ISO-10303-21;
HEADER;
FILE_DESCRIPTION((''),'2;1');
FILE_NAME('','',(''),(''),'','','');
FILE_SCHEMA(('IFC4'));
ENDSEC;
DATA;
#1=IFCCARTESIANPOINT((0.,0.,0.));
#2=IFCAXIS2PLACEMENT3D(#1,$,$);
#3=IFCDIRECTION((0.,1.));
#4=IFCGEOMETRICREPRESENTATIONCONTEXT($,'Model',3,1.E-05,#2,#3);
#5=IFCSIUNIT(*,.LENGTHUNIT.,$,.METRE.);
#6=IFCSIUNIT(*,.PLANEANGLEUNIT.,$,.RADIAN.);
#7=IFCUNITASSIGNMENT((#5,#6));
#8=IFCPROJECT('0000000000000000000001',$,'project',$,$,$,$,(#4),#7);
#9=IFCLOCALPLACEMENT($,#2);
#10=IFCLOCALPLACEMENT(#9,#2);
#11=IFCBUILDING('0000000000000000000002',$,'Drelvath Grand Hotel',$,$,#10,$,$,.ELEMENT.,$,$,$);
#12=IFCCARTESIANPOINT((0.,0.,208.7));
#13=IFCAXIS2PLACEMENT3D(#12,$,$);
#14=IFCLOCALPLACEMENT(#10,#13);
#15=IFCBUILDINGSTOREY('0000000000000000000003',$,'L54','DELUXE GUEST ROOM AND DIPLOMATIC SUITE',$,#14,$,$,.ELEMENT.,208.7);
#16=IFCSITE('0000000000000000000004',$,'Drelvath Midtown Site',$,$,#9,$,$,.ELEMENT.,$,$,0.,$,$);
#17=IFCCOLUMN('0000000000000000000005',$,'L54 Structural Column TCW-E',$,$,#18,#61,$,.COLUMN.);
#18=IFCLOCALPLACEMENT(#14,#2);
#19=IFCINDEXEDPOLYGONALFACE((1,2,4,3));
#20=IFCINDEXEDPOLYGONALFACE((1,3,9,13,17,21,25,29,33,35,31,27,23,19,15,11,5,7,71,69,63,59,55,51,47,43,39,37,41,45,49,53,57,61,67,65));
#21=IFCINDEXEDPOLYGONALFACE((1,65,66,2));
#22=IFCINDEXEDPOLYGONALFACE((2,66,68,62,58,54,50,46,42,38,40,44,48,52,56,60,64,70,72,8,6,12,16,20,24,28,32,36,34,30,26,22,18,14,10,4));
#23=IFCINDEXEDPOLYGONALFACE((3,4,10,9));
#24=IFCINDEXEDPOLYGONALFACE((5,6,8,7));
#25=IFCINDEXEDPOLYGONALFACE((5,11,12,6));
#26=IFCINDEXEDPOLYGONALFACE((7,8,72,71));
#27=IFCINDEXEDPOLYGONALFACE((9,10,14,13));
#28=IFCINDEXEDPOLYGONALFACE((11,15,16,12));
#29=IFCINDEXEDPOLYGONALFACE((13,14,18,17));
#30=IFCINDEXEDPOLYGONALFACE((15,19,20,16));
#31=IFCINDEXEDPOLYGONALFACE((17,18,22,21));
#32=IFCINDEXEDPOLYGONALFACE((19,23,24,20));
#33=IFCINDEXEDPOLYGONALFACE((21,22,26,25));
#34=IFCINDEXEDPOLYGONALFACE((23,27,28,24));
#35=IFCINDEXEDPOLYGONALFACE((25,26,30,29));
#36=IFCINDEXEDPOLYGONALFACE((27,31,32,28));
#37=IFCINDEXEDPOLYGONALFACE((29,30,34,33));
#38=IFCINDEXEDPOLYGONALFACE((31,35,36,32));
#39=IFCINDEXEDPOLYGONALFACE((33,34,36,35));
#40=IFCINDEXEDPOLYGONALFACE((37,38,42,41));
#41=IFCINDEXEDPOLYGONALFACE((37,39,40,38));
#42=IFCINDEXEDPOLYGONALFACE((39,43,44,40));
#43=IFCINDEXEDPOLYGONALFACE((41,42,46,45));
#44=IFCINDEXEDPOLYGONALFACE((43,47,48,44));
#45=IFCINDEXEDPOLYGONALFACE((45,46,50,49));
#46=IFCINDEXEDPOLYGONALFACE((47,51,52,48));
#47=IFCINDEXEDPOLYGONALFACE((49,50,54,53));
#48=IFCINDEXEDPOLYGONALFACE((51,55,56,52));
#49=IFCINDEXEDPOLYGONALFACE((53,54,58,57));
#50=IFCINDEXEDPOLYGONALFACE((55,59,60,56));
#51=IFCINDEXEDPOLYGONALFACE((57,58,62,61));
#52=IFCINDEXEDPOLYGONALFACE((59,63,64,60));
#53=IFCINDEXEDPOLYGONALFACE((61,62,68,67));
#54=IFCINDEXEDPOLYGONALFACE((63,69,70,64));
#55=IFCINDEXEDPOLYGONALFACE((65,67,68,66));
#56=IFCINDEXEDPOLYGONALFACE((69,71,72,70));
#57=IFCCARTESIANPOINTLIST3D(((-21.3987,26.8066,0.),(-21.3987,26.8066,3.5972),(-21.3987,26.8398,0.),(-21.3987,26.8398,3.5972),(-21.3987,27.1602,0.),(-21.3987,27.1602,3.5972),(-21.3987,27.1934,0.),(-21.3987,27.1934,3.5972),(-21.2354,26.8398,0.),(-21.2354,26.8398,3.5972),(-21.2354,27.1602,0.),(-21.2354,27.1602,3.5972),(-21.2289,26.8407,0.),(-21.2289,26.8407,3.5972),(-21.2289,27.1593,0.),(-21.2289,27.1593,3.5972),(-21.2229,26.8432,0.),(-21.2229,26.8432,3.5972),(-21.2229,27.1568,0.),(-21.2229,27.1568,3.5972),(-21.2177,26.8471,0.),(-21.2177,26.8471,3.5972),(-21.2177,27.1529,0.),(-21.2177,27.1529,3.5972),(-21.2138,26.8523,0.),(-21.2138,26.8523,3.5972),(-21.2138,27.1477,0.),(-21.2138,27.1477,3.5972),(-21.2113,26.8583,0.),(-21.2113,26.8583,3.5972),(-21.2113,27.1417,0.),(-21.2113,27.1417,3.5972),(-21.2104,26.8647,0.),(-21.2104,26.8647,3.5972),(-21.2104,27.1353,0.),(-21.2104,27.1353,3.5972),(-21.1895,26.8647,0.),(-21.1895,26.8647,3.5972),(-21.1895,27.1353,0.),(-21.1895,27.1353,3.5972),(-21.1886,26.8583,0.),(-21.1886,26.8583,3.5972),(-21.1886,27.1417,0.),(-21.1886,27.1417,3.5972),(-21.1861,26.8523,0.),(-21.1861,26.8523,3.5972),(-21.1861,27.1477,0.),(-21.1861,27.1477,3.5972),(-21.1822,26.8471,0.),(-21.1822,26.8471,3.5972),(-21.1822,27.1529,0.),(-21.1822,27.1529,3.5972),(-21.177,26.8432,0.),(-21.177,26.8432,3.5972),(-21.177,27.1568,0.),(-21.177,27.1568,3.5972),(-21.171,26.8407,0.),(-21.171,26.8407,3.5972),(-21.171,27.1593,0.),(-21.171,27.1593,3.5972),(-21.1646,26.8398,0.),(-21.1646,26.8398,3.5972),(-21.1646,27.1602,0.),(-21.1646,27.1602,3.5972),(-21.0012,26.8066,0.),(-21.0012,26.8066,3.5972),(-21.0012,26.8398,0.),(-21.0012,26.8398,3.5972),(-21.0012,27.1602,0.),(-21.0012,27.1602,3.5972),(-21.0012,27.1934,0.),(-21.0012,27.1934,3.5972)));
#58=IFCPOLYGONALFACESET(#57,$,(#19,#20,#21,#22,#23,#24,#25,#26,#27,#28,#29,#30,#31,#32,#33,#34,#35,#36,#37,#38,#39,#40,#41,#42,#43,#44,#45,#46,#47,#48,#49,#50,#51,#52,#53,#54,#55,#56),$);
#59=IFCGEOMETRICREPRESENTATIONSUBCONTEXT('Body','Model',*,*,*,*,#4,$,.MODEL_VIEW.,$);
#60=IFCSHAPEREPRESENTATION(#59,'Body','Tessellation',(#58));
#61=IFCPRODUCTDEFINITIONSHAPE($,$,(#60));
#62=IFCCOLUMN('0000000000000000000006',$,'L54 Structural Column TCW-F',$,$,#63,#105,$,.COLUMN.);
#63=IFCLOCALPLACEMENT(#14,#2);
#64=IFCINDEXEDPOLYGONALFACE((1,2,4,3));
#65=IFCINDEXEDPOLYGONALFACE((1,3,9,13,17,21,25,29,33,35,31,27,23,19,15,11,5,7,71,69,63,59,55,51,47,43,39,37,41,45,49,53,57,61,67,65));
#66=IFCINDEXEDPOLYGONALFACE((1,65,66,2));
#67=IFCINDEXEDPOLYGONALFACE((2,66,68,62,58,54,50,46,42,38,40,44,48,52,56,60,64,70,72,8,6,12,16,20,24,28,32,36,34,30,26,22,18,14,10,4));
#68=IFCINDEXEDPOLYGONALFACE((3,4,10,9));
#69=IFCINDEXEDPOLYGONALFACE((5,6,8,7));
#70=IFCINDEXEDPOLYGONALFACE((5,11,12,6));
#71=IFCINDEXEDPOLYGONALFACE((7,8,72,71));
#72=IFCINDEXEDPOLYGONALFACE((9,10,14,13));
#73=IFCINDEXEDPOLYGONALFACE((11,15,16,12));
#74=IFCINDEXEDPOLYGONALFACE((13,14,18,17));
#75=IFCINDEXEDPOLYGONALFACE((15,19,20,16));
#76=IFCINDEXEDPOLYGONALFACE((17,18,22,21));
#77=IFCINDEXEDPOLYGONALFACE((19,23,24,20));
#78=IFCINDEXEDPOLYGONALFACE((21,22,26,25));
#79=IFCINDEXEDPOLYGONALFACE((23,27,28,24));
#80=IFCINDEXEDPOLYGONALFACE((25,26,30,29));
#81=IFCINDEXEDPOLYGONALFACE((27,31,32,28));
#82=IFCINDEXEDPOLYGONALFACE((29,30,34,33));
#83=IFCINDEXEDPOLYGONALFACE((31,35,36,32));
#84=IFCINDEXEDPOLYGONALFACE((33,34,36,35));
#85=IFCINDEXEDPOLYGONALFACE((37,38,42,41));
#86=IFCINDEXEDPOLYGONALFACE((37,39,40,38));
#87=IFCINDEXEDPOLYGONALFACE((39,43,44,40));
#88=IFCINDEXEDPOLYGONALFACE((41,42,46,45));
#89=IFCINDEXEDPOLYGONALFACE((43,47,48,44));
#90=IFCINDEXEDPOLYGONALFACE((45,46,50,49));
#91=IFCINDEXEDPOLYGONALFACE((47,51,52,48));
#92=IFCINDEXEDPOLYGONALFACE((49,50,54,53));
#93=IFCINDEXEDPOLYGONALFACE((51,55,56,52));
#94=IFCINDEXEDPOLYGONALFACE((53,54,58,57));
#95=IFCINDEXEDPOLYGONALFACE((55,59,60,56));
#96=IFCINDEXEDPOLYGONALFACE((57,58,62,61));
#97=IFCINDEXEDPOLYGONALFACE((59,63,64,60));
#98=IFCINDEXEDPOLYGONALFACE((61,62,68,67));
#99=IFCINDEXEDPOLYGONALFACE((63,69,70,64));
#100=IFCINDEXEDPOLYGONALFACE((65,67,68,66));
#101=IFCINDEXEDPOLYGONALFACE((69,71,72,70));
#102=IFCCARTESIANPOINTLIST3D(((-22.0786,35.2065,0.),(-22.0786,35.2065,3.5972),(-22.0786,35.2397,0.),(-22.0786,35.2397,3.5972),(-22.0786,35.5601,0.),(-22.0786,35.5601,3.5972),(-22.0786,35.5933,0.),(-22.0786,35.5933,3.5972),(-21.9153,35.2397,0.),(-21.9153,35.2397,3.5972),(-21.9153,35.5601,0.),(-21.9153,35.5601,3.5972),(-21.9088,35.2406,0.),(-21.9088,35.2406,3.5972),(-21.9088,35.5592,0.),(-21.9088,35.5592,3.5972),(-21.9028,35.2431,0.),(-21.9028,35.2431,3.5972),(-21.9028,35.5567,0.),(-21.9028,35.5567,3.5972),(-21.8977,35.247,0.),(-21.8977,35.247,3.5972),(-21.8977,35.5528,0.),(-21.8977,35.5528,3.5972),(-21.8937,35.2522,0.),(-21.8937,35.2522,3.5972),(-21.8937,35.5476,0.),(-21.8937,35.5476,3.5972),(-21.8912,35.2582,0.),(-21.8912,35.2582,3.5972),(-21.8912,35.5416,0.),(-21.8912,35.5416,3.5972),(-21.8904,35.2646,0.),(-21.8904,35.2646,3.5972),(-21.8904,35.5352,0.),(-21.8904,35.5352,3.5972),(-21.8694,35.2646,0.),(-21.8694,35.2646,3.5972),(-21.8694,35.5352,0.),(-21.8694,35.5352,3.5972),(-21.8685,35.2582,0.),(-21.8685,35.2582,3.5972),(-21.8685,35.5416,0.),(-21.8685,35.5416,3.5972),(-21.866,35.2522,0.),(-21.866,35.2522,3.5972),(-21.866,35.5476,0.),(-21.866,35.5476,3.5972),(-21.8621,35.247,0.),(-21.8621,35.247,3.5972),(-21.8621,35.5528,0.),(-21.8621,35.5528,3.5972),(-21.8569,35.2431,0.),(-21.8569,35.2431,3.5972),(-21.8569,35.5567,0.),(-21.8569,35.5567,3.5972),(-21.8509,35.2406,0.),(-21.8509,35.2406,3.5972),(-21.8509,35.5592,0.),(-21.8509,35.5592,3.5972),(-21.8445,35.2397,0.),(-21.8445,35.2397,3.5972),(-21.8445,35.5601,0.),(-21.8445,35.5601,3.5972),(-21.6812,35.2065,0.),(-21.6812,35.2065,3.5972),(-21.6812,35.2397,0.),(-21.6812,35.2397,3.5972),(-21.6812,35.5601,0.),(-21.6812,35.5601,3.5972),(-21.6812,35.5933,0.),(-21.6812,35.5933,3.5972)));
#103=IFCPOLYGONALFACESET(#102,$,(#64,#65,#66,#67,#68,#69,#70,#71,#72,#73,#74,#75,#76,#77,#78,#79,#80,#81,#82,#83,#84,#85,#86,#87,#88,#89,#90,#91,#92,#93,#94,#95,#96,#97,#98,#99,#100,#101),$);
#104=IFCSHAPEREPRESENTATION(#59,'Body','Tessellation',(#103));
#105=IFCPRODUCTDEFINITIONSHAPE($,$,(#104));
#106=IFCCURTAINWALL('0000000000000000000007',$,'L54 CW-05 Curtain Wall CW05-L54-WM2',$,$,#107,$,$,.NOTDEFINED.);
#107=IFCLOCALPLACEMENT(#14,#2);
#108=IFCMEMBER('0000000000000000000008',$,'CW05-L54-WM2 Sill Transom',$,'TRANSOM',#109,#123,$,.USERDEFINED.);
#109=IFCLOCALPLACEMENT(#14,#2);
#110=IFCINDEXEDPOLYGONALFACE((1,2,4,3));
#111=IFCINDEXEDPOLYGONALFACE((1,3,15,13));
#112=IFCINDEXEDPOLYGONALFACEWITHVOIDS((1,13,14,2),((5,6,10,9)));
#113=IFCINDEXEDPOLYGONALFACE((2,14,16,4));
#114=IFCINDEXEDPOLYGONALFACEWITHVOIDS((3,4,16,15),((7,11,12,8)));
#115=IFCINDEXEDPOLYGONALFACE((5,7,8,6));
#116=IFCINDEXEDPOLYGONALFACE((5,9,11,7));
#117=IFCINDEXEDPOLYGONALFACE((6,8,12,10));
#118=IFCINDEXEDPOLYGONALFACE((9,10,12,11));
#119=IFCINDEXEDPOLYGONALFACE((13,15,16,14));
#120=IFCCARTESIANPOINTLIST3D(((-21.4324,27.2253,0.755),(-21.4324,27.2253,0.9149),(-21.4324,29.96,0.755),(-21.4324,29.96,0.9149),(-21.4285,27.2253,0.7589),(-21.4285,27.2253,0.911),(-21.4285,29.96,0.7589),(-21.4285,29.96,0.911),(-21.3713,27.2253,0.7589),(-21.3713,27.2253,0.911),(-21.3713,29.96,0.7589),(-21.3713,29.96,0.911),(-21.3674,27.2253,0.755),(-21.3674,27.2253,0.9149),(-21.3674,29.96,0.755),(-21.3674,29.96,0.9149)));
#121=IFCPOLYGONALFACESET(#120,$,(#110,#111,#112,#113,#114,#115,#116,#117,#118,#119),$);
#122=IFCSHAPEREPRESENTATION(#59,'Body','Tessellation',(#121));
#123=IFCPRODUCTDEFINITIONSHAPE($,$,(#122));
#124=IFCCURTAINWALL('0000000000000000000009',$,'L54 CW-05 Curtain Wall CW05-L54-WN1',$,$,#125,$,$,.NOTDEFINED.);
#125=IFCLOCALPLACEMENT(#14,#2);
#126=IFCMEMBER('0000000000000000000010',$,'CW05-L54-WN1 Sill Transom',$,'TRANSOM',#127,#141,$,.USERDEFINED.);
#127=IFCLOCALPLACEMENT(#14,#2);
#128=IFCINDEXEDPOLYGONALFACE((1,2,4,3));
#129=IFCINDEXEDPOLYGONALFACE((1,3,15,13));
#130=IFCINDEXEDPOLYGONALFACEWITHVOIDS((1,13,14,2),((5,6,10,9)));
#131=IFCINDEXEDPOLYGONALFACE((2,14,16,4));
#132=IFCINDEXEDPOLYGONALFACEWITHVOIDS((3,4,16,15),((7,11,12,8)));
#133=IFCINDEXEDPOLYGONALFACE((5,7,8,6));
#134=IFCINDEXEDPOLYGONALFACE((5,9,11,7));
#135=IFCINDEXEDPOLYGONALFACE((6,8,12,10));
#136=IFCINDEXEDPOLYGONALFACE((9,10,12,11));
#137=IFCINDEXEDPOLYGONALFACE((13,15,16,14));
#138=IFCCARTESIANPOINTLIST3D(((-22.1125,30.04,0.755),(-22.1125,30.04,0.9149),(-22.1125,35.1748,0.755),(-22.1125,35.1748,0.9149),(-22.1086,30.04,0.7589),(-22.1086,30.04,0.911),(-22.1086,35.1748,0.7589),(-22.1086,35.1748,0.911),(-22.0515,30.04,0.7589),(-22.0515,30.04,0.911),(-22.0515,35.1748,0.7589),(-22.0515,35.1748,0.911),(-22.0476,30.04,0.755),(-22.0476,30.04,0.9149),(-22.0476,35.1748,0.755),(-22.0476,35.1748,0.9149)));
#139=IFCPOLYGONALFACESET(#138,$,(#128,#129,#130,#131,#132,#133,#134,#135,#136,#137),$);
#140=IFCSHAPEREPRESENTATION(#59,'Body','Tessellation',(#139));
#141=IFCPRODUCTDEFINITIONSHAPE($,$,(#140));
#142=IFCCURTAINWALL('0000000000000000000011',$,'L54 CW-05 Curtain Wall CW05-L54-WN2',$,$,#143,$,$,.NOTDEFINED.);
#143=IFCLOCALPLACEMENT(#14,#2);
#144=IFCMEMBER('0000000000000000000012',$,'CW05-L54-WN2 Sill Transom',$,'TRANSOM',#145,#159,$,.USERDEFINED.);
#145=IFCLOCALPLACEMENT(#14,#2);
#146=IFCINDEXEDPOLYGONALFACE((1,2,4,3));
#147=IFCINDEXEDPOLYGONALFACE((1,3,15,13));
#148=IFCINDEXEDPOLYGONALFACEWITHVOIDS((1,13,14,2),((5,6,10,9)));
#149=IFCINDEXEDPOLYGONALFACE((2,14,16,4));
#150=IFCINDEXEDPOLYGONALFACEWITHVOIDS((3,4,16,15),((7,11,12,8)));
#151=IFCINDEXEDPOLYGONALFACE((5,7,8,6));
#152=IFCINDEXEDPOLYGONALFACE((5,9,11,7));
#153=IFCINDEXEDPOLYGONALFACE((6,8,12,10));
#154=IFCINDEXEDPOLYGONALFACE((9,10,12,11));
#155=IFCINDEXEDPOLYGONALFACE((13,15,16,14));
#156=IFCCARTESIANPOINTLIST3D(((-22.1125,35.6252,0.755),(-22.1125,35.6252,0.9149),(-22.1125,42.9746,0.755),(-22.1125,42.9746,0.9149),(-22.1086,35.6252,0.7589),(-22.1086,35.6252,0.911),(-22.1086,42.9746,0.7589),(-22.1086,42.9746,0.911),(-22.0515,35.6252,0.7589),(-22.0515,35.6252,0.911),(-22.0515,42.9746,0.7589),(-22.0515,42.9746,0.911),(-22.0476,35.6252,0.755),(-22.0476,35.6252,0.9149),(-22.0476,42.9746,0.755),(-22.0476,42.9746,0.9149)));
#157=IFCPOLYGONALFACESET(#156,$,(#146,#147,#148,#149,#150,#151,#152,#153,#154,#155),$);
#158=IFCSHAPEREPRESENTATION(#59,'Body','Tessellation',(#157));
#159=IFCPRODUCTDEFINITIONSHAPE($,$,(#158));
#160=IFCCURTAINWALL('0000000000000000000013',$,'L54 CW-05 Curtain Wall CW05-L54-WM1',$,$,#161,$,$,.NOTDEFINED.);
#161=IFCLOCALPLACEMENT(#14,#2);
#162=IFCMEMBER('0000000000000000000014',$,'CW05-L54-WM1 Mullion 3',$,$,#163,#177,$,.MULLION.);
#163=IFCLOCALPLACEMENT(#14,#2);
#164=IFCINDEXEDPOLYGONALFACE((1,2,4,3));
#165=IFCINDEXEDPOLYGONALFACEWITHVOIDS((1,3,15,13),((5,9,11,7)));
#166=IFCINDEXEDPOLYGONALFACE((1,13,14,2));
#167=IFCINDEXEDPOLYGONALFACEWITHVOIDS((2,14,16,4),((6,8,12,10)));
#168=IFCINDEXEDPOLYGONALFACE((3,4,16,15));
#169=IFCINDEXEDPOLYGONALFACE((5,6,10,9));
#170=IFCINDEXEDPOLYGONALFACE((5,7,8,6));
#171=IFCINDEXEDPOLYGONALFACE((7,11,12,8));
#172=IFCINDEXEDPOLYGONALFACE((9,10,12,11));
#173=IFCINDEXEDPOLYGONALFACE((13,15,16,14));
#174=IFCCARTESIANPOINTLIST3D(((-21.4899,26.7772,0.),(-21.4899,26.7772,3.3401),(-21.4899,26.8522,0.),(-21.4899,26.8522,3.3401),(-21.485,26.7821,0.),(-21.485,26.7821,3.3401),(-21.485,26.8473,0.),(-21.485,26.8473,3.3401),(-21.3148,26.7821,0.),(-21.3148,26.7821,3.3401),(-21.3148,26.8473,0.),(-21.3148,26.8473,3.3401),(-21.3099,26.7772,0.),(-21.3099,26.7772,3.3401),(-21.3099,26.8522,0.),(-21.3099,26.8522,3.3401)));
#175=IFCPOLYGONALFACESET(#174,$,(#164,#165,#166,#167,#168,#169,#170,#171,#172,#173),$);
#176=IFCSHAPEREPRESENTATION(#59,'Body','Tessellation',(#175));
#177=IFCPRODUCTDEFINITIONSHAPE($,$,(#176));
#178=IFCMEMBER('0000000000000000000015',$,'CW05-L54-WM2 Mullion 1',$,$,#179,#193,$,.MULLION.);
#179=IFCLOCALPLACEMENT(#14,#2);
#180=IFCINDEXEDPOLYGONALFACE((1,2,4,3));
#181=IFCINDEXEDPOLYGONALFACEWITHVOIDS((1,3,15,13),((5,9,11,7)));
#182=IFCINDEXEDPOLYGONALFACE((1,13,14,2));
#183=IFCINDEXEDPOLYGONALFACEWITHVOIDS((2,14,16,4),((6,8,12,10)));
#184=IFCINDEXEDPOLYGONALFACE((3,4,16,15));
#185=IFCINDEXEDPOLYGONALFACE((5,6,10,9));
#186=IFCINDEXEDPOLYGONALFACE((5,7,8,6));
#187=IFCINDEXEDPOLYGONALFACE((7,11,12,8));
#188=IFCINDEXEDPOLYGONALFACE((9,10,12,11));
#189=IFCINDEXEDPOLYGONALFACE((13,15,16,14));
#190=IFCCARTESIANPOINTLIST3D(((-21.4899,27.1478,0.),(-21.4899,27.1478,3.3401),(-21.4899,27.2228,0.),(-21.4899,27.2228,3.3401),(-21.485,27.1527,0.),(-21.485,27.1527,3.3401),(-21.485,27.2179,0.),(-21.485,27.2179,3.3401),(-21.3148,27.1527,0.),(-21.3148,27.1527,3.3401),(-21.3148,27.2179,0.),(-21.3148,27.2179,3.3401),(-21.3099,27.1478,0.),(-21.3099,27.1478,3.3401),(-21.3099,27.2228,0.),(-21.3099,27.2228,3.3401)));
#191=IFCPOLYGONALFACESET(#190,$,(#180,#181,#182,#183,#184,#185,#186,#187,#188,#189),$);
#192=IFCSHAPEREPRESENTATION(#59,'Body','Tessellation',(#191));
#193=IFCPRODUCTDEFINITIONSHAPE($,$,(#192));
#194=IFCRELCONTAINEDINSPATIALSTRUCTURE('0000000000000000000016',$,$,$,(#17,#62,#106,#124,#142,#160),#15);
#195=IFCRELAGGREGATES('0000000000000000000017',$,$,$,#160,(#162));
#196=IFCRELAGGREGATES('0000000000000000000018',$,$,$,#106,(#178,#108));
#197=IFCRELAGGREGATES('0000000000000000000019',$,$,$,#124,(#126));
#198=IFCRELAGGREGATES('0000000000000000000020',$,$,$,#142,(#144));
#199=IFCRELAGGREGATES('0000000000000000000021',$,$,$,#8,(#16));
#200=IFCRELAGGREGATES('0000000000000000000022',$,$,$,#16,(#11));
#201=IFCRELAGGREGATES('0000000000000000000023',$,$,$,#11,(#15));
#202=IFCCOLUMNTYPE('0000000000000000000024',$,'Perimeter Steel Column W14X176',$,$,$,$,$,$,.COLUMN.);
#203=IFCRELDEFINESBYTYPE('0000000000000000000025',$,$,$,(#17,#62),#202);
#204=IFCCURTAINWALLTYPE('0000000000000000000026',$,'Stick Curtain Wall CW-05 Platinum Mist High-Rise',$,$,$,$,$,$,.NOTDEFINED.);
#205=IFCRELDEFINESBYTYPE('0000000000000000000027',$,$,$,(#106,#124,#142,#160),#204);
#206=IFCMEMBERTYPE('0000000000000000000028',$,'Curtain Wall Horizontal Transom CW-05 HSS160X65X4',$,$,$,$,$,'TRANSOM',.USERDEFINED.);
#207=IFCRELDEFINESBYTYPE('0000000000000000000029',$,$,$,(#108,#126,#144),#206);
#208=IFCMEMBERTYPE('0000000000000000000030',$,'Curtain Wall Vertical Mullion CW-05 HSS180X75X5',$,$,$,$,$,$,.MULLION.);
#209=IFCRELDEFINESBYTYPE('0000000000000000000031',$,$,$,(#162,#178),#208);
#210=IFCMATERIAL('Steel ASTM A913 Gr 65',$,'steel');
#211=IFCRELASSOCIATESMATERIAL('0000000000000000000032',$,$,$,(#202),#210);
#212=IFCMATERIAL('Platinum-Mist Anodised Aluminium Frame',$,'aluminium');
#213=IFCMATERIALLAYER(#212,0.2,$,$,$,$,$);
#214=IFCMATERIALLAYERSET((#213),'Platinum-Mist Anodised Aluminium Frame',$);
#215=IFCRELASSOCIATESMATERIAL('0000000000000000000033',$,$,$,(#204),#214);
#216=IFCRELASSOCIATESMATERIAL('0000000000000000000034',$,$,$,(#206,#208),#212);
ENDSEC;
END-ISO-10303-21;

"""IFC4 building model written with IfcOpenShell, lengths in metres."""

from ifc_helpers import new_model, si_unit, direction, frame, origin, origin_2d, place, context, subcontext, project, spatial, hollow_rectangle, i_section, extrude, material, layer, layer_set, material_profile, profile_set, type_object, element, aggregate, save


model = new_model("IFC4")

# Units and contexts
model_context = context("Model", 3, precision=1e-05, world=origin(), true_north=direction((0.0, 1.0)))
body_context = subcontext(model_context, "Body", "Model", "MODEL_VIEW")
ifc_project = project(units=[si_unit("LENGTHUNIT", "METRE"), si_unit("PLANEANGLEUNIT", "RADIAN")], contexts=[model_context])

# Site, building, storey
site_placement = place(None, origin())
site = spatial("IfcSite", under=ifc_project, at=site_placement, Name="Drelvath Midtown Site", CompositionType="ELEMENT", RefElevation=0.0)
building_placement = place(site_placement, origin())
building = spatial("IfcBuilding", under=site, at=building_placement, Name="Drelvath Grand Hotel", CompositionType="ELEMENT")
storey_placement = place(building_placement, frame((0.0, 0.0, 208.7)))
storey = spatial("IfcBuildingStorey", under=building, at=storey_placement, Name="L54", Description="DELUXE GUEST ROOM AND DIPLOMATIC SUITE", CompositionType="ELEMENT", Elevation=208.7)

# Columns
ifc_material_1 = material(Name="Steel ASTM A913 Gr 65", Category="steel")
ifc_material_profile_1 = material_profile(ifc_material_1, i_section(OverallWidth=0.3975, OverallDepth=0.3867, WebThickness=0.021, FlangeThickness=0.0332, FilletRadius=0.0249, at=origin_2d()), Name="W14X176")
ifc_profile_set_1 = profile_set([ifc_material_profile_1], Name="Steel ASTM A913 Gr 65")
column_type = type_object("IfcColumnType", Name="Perimeter Steel Column W14X176", PredefinedType="COLUMN", material=ifc_profile_set_1)
for number, where, z_axis, x_axis, name in (
    (1, (-21.2, 27.0, 0.0), (0.0, 0.0, 1.0), (1.0, 0.0, 0.0), "L54 Structural Column TCW-E"),
    (2, (-21.8799, 35.3999, 0.0), (0.0, 0.0, 1.0), (1.0, 0.0, 0.0), "L54 Structural Column TCW-F"),
):
    element("IfcColumn", number, at=place(storey_placement, frame(where, z_axis=z_axis, x_axis=x_axis)), inside=storey, type_object=column_type, Name=name, PredefinedType="COLUMN", context=body_context, shape_type="SweptSolid", body=[
        extrude(i_section(OverallWidth=0.3975, OverallDepth=0.3867, WebThickness=0.021, FlangeThickness=0.0332, FilletRadius=0.0249, at=origin_2d()), origin(), (0.0, 0.0, 1.0), 3.5972),
    ])

# Curtain walls, members
ifc_material_2 = material(Name="Platinum-Mist Anodised Aluminium Frame", Category="aluminium")
ifc_layer_1 = layer(ifc_material_2, 0.2)
ifc_layer_set_1 = layer_set([ifc_layer_1], Name="Platinum-Mist Anodised Aluminium Frame")
curtain_wall_type = type_object("IfcCurtainWallType", Name="Stick Curtain Wall CW-05 Platinum Mist High-Rise", PredefinedType="NOTDEFINED", material=ifc_layer_set_1)
curtain_wall_1_placement = place(storey_placement, origin())
curtain_wall_1 = element("IfcCurtainWall", 3, at=curtain_wall_1_placement, inside=storey, type_object=curtain_wall_type, Name="L54 CW-05 Curtain Wall CW05-L54-WM2", PredefinedType="NOTDEFINED")
ifc_material_profile_2 = material_profile(ifc_material_2, hollow_rectangle(XDim=0.0649, YDim=0.1599, WallThickness=0.0039, at=origin_2d()), Name="HSS160X65X4")
ifc_profile_set_2 = profile_set([ifc_material_profile_2], Name="Platinum-Mist Anodised Aluminium Frame")
member_type_1 = type_object("IfcMemberType", Name="Curtain Wall Horizontal Transom CW-05 HSS160X65X4", ElementType="TRANSOM", PredefinedType="USERDEFINED", material=ifc_profile_set_2)
member_1_placement = place(storey_placement, frame((-21.3999, 27.2253, 0.835), z_axis=(0.0, 1.0, 0.0), x_axis=(-1.0, 0.0, 0.0)))
member_1 = element("IfcMember", 4, at=member_1_placement, type_object=member_type_1, Name="CW05-L54-WM2 Sill Transom", ObjectType="TRANSOM", PredefinedType="USERDEFINED", context=body_context, shape_type="SweptSolid", body=[
    extrude(hollow_rectangle(XDim=0.0649, YDim=0.1599, WallThickness=0.0039, at=origin_2d()), origin(), (0.0, 0.0, 1.0), 2.7346),
])
curtain_wall_2_placement = place(storey_placement, origin())
curtain_wall_2 = element("IfcCurtainWall", 5, at=curtain_wall_2_placement, inside=storey, type_object=curtain_wall_type, Name="L54 CW-05 Curtain Wall CW05-L54-WN1", PredefinedType="NOTDEFINED")
member_2_placement = place(storey_placement, frame((-22.0801, 30.04, 0.835), z_axis=(0.0, 1.0, 0.0), x_axis=(-1.0, 0.0, 0.0)))
member_2 = element("IfcMember", 6, at=member_2_placement, type_object=member_type_1, Name="CW05-L54-WN1 Sill Transom", ObjectType="TRANSOM", PredefinedType="USERDEFINED", context=body_context, shape_type="SweptSolid", body=[
    extrude(hollow_rectangle(XDim=0.0649, YDim=0.1599, WallThickness=0.0039, at=origin_2d()), origin(), (0.0, 0.0, 1.0), 5.1348),
])
curtain_wall_3_placement = place(storey_placement, origin())
curtain_wall_3 = element("IfcCurtainWall", 7, at=curtain_wall_3_placement, inside=storey, type_object=curtain_wall_type, Name="L54 CW-05 Curtain Wall CW05-L54-WN2", PredefinedType="NOTDEFINED")
member_3_placement = place(storey_placement, frame((-22.0801, 35.6252, 0.835), z_axis=(0.0, 1.0, 0.0), x_axis=(-1.0, 0.0, 0.0)))
member_3 = element("IfcMember", 8, at=member_3_placement, type_object=member_type_1, Name="CW05-L54-WN2 Sill Transom", ObjectType="TRANSOM", PredefinedType="USERDEFINED", context=body_context, shape_type="SweptSolid", body=[
    extrude(hollow_rectangle(XDim=0.0649, YDim=0.1599, WallThickness=0.0039, at=origin_2d()), origin(), (0.0, 0.0, 1.0), 7.3494),
])
curtain_wall_4_placement = place(storey_placement, origin())
curtain_wall_4 = element("IfcCurtainWall", 9, at=curtain_wall_4_placement, inside=storey, type_object=curtain_wall_type, Name="L54 CW-05 Curtain Wall CW05-L54-WM1", PredefinedType="NOTDEFINED")
ifc_material_profile_3 = material_profile(ifc_material_2, hollow_rectangle(XDim=0.075, YDim=0.1799, WallThickness=0.0049, at=origin_2d()), Name="HSS180X75X5")
ifc_profile_set_3 = profile_set([ifc_material_profile_3], Name="Platinum-Mist Anodised Aluminium Frame")
member_type_2 = type_object("IfcMemberType", Name="Curtain Wall Vertical Mullion CW-05 HSS180X75X5", PredefinedType="MULLION", material=ifc_profile_set_3)
member_4_placement = place(storey_placement, frame((-21.3999, 26.8147, 0.0), z_axis=(0.0, 0.0, 1.0), x_axis=(0.0, 1.0, 0.0)))
member_4 = element("IfcMember", 10, at=member_4_placement, type_object=member_type_2, Name="CW05-L54-WM1 Mullion 3", PredefinedType="MULLION", context=body_context, shape_type="SweptSolid", body=[
    extrude(hollow_rectangle(XDim=0.075, YDim=0.1799, WallThickness=0.0049, at=origin_2d()), origin(), (0.0, 0.0, 1.0), 3.3401),
])
aggregate(curtain_wall_4, [member_4])

# Member
member_5_placement = place(storey_placement, frame((-21.3999, 27.1853, 0.0), z_axis=(0.0, 0.0, 1.0), x_axis=(0.0, 1.0, 0.0)))
member_5 = element("IfcMember", 11, at=member_5_placement, type_object=member_type_2, Name="CW05-L54-WM2 Mullion 1", PredefinedType="MULLION", context=body_context, shape_type="SweptSolid", body=[
    extrude(hollow_rectangle(XDim=0.075, YDim=0.1799, WallThickness=0.0049, at=origin_2d()), origin(), (0.0, 0.0, 1.0), 3.3401),
])

aggregate(curtain_wall_1, [member_5, member_1])
aggregate(curtain_wall_2, [member_2])
aggregate(curtain_wall_3, [member_3])

save(model, "model.ifc")
